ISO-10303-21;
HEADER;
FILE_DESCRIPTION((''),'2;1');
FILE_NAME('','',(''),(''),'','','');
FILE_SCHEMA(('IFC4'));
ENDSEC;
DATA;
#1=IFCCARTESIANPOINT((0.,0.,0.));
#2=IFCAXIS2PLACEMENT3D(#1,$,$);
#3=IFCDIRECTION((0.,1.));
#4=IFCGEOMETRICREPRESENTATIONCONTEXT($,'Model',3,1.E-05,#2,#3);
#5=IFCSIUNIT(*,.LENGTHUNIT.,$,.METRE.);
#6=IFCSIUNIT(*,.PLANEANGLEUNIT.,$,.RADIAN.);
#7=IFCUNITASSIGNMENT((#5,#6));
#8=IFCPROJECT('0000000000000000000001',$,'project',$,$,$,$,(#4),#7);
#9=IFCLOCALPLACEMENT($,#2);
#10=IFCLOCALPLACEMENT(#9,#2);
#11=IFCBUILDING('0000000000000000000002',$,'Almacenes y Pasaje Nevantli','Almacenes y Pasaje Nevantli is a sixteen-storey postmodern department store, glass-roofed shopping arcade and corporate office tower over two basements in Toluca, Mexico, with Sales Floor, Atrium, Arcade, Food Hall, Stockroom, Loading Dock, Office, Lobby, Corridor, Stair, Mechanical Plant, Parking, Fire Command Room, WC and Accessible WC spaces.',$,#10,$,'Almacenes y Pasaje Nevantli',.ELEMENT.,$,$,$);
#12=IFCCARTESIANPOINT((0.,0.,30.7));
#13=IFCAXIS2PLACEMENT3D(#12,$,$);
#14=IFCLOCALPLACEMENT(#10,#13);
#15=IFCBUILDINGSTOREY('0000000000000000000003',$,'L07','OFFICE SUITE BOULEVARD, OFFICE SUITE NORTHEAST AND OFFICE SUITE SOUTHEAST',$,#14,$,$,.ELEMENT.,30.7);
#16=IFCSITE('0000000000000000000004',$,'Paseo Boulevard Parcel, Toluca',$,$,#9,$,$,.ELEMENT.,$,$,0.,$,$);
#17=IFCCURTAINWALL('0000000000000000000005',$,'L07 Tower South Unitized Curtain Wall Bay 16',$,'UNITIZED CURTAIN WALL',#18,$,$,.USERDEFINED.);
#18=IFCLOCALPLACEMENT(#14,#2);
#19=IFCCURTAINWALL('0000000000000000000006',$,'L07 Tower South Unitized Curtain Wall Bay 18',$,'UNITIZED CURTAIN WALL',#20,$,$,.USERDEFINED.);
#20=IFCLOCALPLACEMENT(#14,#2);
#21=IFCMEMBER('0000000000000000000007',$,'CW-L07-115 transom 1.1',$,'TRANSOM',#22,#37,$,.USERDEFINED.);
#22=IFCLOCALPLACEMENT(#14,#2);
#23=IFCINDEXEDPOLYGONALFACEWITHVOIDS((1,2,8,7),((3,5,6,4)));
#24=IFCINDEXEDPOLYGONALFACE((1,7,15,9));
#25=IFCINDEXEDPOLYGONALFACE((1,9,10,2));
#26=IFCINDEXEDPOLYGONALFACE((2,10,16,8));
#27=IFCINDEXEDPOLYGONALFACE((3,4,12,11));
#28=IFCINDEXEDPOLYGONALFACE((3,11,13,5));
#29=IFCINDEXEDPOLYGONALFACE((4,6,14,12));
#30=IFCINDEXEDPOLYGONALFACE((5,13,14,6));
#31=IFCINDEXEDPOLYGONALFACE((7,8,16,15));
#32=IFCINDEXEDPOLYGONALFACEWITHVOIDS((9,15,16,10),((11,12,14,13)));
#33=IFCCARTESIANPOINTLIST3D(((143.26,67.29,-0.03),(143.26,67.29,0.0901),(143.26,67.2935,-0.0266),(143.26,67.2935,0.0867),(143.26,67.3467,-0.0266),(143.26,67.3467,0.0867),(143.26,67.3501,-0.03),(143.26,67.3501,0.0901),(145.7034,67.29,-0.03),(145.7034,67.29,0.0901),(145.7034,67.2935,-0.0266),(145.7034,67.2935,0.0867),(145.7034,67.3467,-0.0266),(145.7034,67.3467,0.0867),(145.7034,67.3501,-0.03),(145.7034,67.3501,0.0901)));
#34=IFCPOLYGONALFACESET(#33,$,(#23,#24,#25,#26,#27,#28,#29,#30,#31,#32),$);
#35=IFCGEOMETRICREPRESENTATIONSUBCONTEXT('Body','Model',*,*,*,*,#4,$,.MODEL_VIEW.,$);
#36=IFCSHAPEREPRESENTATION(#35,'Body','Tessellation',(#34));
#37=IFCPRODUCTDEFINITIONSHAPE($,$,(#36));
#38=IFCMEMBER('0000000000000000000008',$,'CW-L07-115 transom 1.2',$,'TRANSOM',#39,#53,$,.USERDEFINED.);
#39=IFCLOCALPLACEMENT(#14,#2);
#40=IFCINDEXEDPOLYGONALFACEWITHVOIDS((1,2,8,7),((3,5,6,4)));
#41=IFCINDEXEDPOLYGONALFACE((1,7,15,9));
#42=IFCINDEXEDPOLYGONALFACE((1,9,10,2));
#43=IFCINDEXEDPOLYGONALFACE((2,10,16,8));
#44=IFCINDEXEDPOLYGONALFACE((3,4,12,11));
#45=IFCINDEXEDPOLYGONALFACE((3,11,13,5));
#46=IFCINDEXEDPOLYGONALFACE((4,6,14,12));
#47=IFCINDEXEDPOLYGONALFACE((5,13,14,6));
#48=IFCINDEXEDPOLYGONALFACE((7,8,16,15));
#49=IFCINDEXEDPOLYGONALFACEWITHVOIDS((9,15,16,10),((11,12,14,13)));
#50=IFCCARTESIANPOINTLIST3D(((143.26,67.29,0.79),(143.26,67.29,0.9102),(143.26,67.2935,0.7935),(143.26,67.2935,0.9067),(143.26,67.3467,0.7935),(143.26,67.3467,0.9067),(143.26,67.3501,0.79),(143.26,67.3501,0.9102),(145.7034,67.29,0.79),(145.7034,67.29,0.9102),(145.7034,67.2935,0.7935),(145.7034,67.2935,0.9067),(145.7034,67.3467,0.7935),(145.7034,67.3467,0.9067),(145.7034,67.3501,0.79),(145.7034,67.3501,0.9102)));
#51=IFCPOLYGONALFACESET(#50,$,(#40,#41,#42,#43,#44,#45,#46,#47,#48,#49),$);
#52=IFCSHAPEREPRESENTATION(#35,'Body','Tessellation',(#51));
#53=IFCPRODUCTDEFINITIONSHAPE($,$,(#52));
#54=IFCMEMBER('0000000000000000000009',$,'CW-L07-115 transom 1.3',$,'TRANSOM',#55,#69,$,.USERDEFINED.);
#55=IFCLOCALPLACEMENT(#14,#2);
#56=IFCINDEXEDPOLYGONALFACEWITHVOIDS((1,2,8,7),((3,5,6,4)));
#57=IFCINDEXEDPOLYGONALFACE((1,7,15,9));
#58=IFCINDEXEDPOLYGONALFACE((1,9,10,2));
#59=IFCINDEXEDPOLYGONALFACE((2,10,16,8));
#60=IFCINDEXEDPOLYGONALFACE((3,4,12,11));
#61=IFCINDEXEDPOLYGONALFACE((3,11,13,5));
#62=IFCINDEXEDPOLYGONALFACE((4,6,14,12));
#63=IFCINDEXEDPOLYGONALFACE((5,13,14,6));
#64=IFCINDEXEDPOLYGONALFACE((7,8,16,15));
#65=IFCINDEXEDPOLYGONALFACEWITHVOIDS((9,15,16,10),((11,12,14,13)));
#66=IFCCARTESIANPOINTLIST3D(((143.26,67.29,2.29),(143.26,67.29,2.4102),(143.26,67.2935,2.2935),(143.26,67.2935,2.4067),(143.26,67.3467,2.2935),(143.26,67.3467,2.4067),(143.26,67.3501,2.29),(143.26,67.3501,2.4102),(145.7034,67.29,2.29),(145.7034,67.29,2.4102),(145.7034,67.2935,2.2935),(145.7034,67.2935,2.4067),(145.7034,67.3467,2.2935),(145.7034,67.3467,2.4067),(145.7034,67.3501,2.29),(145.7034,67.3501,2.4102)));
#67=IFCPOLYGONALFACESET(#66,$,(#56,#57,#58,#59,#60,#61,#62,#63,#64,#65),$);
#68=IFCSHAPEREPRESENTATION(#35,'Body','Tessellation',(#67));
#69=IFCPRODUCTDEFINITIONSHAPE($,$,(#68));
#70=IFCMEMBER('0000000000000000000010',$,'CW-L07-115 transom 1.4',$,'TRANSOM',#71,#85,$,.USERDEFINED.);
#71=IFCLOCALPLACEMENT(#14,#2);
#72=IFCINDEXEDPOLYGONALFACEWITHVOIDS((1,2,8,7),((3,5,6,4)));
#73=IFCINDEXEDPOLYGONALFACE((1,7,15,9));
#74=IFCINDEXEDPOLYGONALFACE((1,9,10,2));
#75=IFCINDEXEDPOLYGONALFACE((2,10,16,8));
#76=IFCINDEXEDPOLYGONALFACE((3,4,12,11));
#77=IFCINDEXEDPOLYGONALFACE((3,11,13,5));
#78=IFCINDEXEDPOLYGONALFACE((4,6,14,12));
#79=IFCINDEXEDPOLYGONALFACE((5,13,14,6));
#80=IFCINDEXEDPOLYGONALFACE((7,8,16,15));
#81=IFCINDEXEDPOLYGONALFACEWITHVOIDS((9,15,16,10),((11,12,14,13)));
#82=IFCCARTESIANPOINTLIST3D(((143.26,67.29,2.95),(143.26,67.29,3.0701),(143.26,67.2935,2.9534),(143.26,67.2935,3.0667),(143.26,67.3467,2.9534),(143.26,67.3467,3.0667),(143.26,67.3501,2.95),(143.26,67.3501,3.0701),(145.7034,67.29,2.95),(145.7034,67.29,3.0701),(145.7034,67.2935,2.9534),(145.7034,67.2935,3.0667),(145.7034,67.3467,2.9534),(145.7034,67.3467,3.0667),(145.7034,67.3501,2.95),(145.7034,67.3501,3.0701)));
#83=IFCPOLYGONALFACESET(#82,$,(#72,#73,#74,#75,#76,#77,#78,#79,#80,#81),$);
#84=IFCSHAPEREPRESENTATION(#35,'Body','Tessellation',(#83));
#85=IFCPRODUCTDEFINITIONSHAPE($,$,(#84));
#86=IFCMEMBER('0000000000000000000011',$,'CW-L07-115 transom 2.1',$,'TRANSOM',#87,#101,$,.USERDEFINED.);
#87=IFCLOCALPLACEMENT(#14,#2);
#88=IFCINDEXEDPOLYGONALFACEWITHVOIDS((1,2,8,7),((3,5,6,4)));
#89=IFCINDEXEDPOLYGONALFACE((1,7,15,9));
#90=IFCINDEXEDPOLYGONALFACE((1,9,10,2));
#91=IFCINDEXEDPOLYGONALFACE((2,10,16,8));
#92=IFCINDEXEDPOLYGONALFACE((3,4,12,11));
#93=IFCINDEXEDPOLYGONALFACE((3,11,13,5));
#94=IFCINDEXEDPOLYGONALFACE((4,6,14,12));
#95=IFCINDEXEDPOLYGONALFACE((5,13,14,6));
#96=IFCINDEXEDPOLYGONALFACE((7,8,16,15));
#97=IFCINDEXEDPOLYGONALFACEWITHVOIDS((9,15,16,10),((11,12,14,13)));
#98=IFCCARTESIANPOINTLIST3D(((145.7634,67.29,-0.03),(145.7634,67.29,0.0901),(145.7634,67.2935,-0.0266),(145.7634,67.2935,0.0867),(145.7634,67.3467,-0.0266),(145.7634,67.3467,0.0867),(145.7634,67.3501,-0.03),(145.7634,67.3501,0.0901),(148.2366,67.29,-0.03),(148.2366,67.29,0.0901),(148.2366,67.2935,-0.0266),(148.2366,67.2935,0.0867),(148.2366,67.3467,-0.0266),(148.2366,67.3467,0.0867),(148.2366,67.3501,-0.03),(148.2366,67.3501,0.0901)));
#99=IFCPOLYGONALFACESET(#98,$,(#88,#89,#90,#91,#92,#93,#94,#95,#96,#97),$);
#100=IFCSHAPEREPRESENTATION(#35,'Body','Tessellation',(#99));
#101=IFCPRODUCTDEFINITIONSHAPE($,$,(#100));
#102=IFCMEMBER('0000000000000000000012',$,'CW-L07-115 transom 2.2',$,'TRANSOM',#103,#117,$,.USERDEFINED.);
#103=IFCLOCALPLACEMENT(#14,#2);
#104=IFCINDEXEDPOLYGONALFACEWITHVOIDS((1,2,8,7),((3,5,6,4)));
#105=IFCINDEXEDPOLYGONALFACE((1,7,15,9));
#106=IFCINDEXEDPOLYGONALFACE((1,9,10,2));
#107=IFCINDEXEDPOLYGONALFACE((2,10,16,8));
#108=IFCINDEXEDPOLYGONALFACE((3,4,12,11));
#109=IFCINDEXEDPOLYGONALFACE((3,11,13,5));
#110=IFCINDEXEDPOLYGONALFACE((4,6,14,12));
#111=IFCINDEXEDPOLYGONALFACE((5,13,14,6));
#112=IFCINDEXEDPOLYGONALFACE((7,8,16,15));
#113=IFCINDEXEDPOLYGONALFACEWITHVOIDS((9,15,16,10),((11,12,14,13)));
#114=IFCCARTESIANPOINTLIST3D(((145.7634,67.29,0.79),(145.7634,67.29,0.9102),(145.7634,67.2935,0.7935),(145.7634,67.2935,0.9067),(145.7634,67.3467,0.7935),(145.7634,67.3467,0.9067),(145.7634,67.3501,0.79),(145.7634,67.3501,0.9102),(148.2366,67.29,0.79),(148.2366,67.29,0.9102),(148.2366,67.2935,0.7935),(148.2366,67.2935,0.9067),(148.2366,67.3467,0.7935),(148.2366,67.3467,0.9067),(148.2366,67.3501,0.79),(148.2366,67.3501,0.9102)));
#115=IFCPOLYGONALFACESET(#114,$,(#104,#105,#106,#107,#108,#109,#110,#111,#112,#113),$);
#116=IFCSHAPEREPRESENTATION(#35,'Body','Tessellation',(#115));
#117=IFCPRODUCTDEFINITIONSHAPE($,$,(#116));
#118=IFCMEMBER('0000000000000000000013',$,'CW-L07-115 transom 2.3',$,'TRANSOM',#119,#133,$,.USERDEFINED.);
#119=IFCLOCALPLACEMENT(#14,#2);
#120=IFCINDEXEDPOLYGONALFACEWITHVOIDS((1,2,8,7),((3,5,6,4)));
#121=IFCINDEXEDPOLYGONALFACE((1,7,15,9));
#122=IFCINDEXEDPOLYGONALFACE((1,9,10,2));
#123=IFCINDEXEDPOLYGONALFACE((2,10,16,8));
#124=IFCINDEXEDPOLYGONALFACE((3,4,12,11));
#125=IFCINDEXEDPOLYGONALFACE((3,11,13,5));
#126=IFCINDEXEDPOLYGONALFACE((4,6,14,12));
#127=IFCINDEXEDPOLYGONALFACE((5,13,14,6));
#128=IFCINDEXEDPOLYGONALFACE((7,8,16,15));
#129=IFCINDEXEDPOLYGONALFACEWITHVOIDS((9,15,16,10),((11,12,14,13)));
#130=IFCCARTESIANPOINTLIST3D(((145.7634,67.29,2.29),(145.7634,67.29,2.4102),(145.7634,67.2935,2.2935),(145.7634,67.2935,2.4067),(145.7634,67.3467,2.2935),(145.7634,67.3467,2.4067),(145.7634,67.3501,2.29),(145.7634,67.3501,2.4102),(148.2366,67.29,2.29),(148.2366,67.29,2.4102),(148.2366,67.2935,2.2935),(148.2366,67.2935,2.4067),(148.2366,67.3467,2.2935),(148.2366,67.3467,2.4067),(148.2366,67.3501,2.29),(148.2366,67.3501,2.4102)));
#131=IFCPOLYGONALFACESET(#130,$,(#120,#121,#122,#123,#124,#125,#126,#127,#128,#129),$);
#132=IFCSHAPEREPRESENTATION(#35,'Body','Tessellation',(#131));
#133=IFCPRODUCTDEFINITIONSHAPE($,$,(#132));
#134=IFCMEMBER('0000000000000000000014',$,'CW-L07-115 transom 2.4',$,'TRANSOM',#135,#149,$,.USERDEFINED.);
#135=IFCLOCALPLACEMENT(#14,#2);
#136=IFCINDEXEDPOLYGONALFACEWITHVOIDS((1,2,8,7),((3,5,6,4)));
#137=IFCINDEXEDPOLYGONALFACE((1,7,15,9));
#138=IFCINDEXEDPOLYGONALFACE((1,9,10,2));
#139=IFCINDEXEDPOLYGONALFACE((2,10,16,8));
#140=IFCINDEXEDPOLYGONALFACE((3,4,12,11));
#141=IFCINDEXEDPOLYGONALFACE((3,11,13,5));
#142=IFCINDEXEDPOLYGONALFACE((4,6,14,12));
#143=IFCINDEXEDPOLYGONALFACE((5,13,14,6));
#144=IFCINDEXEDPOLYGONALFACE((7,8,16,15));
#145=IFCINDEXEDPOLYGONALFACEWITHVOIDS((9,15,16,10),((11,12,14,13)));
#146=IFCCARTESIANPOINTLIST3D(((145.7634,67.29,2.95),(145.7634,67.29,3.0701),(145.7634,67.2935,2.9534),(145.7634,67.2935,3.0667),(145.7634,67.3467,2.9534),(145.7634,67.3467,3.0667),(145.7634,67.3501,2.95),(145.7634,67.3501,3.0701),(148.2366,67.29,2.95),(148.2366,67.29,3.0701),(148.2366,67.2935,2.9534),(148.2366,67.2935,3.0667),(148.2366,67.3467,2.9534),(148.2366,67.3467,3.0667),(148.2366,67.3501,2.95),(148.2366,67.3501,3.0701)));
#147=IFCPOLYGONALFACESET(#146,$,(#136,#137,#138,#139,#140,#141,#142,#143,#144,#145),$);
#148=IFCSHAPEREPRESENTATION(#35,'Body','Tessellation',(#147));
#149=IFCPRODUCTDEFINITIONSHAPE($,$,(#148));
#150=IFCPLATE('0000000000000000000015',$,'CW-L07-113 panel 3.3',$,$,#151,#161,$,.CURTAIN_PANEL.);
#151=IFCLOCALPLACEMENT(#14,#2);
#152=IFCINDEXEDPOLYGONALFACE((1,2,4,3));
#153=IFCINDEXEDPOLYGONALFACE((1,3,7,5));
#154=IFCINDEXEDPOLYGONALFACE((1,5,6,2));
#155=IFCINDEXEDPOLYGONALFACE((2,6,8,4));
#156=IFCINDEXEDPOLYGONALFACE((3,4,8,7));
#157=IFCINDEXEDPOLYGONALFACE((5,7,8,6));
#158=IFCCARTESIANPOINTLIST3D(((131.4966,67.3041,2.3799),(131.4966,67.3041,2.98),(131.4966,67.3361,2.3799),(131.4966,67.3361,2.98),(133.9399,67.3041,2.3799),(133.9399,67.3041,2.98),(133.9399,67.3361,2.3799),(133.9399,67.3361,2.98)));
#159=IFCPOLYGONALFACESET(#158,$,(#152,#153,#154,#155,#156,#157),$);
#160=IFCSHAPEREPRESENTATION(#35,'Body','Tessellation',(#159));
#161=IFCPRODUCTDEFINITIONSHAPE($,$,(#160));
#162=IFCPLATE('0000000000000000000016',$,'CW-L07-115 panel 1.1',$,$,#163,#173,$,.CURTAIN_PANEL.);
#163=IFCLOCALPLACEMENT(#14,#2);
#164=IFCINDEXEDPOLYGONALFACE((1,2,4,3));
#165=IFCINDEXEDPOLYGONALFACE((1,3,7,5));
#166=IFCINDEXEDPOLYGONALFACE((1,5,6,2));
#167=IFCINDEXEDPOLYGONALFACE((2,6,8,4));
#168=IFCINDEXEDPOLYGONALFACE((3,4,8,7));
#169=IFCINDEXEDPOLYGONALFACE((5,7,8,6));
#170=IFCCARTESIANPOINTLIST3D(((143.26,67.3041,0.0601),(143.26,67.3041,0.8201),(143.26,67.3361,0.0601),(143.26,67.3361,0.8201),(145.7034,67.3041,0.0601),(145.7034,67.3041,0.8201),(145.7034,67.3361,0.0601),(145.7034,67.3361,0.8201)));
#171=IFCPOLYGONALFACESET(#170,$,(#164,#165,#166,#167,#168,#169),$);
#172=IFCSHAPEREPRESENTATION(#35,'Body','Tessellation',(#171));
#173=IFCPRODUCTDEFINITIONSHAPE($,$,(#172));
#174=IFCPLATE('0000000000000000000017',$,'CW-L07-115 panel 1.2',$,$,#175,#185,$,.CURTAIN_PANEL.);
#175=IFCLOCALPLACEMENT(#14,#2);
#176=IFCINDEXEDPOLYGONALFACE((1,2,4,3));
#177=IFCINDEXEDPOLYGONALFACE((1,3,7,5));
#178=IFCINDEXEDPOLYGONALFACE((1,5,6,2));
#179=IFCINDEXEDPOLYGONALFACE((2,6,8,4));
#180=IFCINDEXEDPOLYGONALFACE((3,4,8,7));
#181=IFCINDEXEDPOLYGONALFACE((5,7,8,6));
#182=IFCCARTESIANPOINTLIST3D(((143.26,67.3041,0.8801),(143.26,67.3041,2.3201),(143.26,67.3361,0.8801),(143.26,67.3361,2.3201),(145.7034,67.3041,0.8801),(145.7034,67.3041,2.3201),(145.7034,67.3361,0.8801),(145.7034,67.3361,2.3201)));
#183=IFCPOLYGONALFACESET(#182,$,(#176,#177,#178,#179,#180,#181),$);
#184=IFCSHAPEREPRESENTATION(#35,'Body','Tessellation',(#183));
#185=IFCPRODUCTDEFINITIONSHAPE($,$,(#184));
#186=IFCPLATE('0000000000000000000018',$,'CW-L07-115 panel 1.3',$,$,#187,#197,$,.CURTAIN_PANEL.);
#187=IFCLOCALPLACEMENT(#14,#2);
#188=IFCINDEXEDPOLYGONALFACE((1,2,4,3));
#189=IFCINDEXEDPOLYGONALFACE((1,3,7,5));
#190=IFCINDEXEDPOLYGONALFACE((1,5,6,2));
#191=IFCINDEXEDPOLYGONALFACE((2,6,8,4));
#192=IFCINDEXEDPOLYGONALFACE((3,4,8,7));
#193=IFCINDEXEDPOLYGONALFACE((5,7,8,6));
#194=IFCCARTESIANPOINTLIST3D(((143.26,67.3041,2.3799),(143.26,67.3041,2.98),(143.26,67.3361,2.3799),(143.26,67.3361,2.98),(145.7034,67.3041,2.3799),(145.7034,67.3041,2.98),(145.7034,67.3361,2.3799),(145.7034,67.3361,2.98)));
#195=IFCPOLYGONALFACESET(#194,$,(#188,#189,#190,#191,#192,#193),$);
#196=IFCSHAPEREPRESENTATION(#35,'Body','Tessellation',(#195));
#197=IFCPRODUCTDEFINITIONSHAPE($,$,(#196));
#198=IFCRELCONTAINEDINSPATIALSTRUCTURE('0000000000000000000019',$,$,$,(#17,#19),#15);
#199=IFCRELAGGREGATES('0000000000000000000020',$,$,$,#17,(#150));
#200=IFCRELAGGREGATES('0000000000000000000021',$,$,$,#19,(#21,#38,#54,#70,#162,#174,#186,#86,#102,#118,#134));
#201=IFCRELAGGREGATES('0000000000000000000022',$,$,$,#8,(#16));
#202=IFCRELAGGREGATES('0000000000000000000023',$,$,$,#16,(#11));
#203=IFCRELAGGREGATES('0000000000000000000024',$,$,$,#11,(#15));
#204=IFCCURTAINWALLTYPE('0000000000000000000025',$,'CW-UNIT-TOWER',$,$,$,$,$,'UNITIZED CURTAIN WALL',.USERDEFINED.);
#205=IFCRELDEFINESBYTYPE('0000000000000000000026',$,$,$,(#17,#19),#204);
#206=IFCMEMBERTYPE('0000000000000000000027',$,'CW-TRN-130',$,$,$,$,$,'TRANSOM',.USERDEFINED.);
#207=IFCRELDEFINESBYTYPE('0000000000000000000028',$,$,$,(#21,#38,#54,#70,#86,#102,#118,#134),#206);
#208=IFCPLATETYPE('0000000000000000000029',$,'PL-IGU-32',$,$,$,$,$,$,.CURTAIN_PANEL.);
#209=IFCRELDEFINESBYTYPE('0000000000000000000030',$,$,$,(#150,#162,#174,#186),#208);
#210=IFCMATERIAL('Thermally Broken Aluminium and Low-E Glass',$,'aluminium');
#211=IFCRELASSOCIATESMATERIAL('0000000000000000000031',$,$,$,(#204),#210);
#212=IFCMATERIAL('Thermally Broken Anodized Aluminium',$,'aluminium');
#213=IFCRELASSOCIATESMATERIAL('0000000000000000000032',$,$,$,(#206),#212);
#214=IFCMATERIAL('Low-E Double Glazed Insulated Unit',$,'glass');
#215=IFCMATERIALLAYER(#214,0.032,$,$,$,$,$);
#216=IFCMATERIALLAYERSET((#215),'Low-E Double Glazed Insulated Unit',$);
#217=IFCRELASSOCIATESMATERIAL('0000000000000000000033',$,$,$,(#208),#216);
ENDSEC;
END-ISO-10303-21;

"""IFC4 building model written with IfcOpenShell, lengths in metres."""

from ifc_helpers import new_model, si_unit, direction, frame, origin, origin_2d, place, context, subcontext, project, spatial, rectangle, hollow_rectangle, extrude, material, layer, layer_set, material_profile, profile_set, type_object, element, aggregate, save


model = new_model("IFC4")

# Units and contexts
model_context = context("Model", 3, precision=1e-05, world=origin(), true_north=direction((0.0, 1.0)))
body_context = subcontext(model_context, "Body", "Model", "MODEL_VIEW")
ifc_project = project(units=[si_unit("LENGTHUNIT", "METRE"), si_unit("PLANEANGLEUNIT", "RADIAN")], contexts=[model_context])

# Site, building, storey
site_placement = place(None, origin())
site = spatial("IfcSite", under=ifc_project, at=site_placement, Name="Paseo Boulevard Parcel, Toluca", CompositionType="ELEMENT", RefElevation=0.0)
building_placement = place(site_placement, origin())
building = spatial("IfcBuilding", under=site, at=building_placement, Name="Almacenes y Pasaje Nevantli", Description="Almacenes y Pasaje Nevantli is a sixteen-storey postmodern department store, glass-roofed shopping arcade and corporate office tower over two basements in Toluca, Mexico, with Sales Floor, Atrium, Arcade, Food Hall, Stockroom, Loading Dock, Office, Lobby, Corridor, Stair, Mechanical Plant, Parking, Fire Command Room, WC and Accessible WC spaces.", LongName="Almacenes y Pasaje Nevantli", CompositionType="ELEMENT")
storey_placement = place(building_placement, frame((0.0, 0.0, 30.7)))
storey = spatial("IfcBuildingStorey", under=building, at=storey_placement, Name="L07", Description="OFFICE SUITE BOULEVARD, OFFICE SUITE NORTHEAST AND OFFICE SUITE SOUTHEAST", CompositionType="ELEMENT", Elevation=30.7)

# Curtain wall
ifc_material_1 = material(Name="Thermally Broken Aluminium and Low-E Glass", Category="aluminium")
curtain_wall_type = type_object("IfcCurtainWallType", Name="CW-UNIT-TOWER", ElementType="UNITIZED CURTAIN WALL", PredefinedType="USERDEFINED", material=ifc_material_1)
curtain_wall_1_placement = place(storey_placement, origin())
curtain_wall_1 = element("IfcCurtainWall", 1, at=curtain_wall_1_placement, inside=storey, type_object=curtain_wall_type, Name="L07 Tower South Unitized Curtain Wall Bay 16", ObjectType="UNITIZED CURTAIN WALL", PredefinedType="USERDEFINED")

# Curtain wall, members
curtain_wall_2_placement = place(storey_placement, origin())
curtain_wall_2 = element("IfcCurtainWall", 2, at=curtain_wall_2_placement, inside=storey, type_object=curtain_wall_type, Name="L07 Tower South Unitized Curtain Wall Bay 18", ObjectType="UNITIZED CURTAIN WALL", PredefinedType="USERDEFINED")
ifc_material_2 = material(Name="Thermally Broken Anodized Aluminium", Category="aluminium")
ifc_material_profile_1 = material_profile(ifc_material_2, hollow_rectangle(XDim=0.0601, YDim=0.1201, WallThickness=0.0034, at=origin_2d()), Name="ALU-TRN-60x120")
ifc_profile_set_1 = profile_set([ifc_material_profile_1], Name="Thermally Broken Anodized Aluminium")
member_type_1 = type_object("IfcMemberType", Name="CW-TRN-130", ElementType="TRANSOM", PredefinedType="USERDEFINED", material=ifc_profile_set_1)
member_1_placement = place(storey_placement, frame((143.26, 67.3201, 0.03), z_axis=(1.0, 0.0, 0.0), x_axis=(0.0, 1.0, 0.0)))
member_1 = element("IfcMember", 3, at=member_1_placement, type_object=member_type_1, Name="CW-L07-115 transom 1.1", ObjectType="TRANSOM", PredefinedType="USERDEFINED", context=body_context, shape_type="SweptSolid", body=[
    extrude(hollow_rectangle(XDim=0.0601, YDim=0.1201, WallThickness=0.0034, at=origin_2d()), origin(), (0.0, 0.0, 1.0), 2.4434),
])
member_2_placement = place(storey_placement, frame((143.26, 67.3201, 0.8501), z_axis=(1.0, 0.0, 0.0), x_axis=(0.0, 1.0, 0.0)))
member_2 = element("IfcMember", 4, at=member_2_placement, type_object=member_type_1, Name="CW-L07-115 transom 1.2", ObjectType="TRANSOM", PredefinedType="USERDEFINED", context=body_context, shape_type="SweptSolid", body=[
    extrude(hollow_rectangle(XDim=0.0601, YDim=0.1201, WallThickness=0.0034, at=origin_2d()), origin(), (0.0, 0.0, 1.0), 2.4434),
])
member_3_placement = place(storey_placement, frame((143.26, 67.3201, 2.3501), z_axis=(1.0, 0.0, 0.0), x_axis=(0.0, 1.0, 0.0)))
member_3 = element("IfcMember", 5, at=member_3_placement, type_object=member_type_1, Name="CW-L07-115 transom 1.3", ObjectType="TRANSOM", PredefinedType="USERDEFINED", context=body_context, shape_type="SweptSolid", body=[
    extrude(hollow_rectangle(XDim=0.0601, YDim=0.1201, WallThickness=0.0034, at=origin_2d()), origin(), (0.0, 0.0, 1.0), 2.4434),
])
member_4_placement = place(storey_placement, frame((143.26, 67.3201, 3.01), z_axis=(1.0, 0.0, 0.0), x_axis=(0.0, 1.0, 0.0)))
member_4 = element("IfcMember", 6, at=member_4_placement, type_object=member_type_1, Name="CW-L07-115 transom 1.4", ObjectType="TRANSOM", PredefinedType="USERDEFINED", context=body_context, shape_type="SweptSolid", body=[
    extrude(hollow_rectangle(XDim=0.0601, YDim=0.1201, WallThickness=0.0034, at=origin_2d()), origin(), (0.0, 0.0, 1.0), 2.4434),
])
member_5_placement = place(storey_placement, frame((145.7634, 67.3201, 0.03), z_axis=(1.0, 0.0, 0.0), x_axis=(0.0, 1.0, 0.0)))
member_5 = element("IfcMember", 7, at=member_5_placement, type_object=member_type_1, Name="CW-L07-115 transom 2.1", ObjectType="TRANSOM", PredefinedType="USERDEFINED", context=body_context, shape_type="SweptSolid", body=[
    extrude(hollow_rectangle(XDim=0.0601, YDim=0.1201, WallThickness=0.0034, at=origin_2d()), origin(), (0.0, 0.0, 1.0), 2.4731),
])
member_6_placement = place(storey_placement, frame((145.7634, 67.3201, 0.8501), z_axis=(1.0, 0.0, 0.0), x_axis=(0.0, 1.0, 0.0)))
member_6 = element("IfcMember", 8, at=member_6_placement, type_object=member_type_1, Name="CW-L07-115 transom 2.2", ObjectType="TRANSOM", PredefinedType="USERDEFINED", context=body_context, shape_type="SweptSolid", body=[
    extrude(hollow_rectangle(XDim=0.0601, YDim=0.1201, WallThickness=0.0034, at=origin_2d()), origin(), (0.0, 0.0, 1.0), 2.4731),
])
member_7_placement = place(storey_placement, frame((145.7634, 67.3201, 2.3501), z_axis=(1.0, 0.0, 0.0), x_axis=(0.0, 1.0, 0.0)))
member_7 = element("IfcMember", 9, at=member_7_placement, type_object=member_type_1, Name="CW-L07-115 transom 2.3", ObjectType="TRANSOM", PredefinedType="USERDEFINED", context=body_context, shape_type="SweptSolid", body=[
    extrude(hollow_rectangle(XDim=0.0601, YDim=0.1201, WallThickness=0.0034, at=origin_2d()), origin(), (0.0, 0.0, 1.0), 2.4731),
])
member_8_placement = place(storey_placement, frame((145.7634, 67.3201, 3.01), z_axis=(1.0, 0.0, 0.0), x_axis=(0.0, 1.0, 0.0)))
member_8 = element("IfcMember", 10, at=member_8_placement, type_object=member_type_1, Name="CW-L07-115 transom 2.4", ObjectType="TRANSOM", PredefinedType="USERDEFINED", context=body_context, shape_type="SweptSolid", body=[
    extrude(hollow_rectangle(XDim=0.0601, YDim=0.1201, WallThickness=0.0034, at=origin_2d()), origin(), (0.0, 0.0, 1.0), 2.4731),
])

# Plates
ifc_material_3 = material(Name="Low-E Double Glazed Insulated Unit", Category="glass")
ifc_layer_1 = layer(ifc_material_3, 0.032)
ifc_layer_set_1 = layer_set([ifc_layer_1], Name="Low-E Double Glazed Insulated Unit")
plate_type = type_object("IfcPlateType", Name="PL-IGU-32", PredefinedType="CURTAIN_PANEL", material=ifc_layer_set_1)
plate_1_placement = place(storey_placement, frame((132.7183, 67.3201, 2.3799), z_axis=(0.0, 0.0, 1.0), x_axis=(1.0, 0.0, 0.0)))
plate_1 = element("IfcPlate", 11, at=plate_1_placement, type_object=plate_type, Name="CW-L07-113 panel 3.3", PredefinedType="CURTAIN_PANEL", context=body_context, shape_type="SweptSolid", body=[
    extrude(rectangle(XDim=2.4434, YDim=0.032, at=origin_2d()), origin(), (0.0, 0.0, 1.0), 0.6001),
])
aggregate(curtain_wall_1, [plate_1])
plate_2_placement = place(storey_placement, frame((144.4817, 67.3201, 0.0601), z_axis=(0.0, 0.0, 1.0), x_axis=(1.0, 0.0, 0.0)))
plate_2 = element("IfcPlate", 12, at=plate_2_placement, type_object=plate_type, Name="CW-L07-115 panel 1.1", PredefinedType="CURTAIN_PANEL", context=body_context, shape_type="SweptSolid", body=[
    extrude(rectangle(XDim=2.4434, YDim=0.032, at=origin_2d()), origin(), (0.0, 0.0, 1.0), 0.76),
])
plate_3_placement = place(storey_placement, frame((144.4817, 67.3201, 0.8801), z_axis=(0.0, 0.0, 1.0), x_axis=(1.0, 0.0, 0.0)))
plate_3 = element("IfcPlate", 13, at=plate_3_placement, type_object=plate_type, Name="CW-L07-115 panel 1.2", PredefinedType="CURTAIN_PANEL", context=body_context, shape_type="SweptSolid", body=[
    extrude(rectangle(XDim=2.4434, YDim=0.032, at=origin_2d()), origin(), (0.0, 0.0, 1.0), 1.4399),
])
plate_4_placement = place(storey_placement, frame((144.4817, 67.3201, 2.3799), z_axis=(0.0, 0.0, 1.0), x_axis=(1.0, 0.0, 0.0)))
plate_4 = element("IfcPlate", 14, at=plate_4_placement, type_object=plate_type, Name="CW-L07-115 panel 1.3", PredefinedType="CURTAIN_PANEL", context=body_context, shape_type="SweptSolid", body=[
    extrude(rectangle(XDim=2.4434, YDim=0.032, at=origin_2d()), origin(), (0.0, 0.0, 1.0), 0.6001),
])
aggregate(curtain_wall_2, [member_1, member_2, member_3, member_4, plate_2, plate_3, plate_4, member_5, member_6, member_7, member_8])

save(model, "model.ifc")
